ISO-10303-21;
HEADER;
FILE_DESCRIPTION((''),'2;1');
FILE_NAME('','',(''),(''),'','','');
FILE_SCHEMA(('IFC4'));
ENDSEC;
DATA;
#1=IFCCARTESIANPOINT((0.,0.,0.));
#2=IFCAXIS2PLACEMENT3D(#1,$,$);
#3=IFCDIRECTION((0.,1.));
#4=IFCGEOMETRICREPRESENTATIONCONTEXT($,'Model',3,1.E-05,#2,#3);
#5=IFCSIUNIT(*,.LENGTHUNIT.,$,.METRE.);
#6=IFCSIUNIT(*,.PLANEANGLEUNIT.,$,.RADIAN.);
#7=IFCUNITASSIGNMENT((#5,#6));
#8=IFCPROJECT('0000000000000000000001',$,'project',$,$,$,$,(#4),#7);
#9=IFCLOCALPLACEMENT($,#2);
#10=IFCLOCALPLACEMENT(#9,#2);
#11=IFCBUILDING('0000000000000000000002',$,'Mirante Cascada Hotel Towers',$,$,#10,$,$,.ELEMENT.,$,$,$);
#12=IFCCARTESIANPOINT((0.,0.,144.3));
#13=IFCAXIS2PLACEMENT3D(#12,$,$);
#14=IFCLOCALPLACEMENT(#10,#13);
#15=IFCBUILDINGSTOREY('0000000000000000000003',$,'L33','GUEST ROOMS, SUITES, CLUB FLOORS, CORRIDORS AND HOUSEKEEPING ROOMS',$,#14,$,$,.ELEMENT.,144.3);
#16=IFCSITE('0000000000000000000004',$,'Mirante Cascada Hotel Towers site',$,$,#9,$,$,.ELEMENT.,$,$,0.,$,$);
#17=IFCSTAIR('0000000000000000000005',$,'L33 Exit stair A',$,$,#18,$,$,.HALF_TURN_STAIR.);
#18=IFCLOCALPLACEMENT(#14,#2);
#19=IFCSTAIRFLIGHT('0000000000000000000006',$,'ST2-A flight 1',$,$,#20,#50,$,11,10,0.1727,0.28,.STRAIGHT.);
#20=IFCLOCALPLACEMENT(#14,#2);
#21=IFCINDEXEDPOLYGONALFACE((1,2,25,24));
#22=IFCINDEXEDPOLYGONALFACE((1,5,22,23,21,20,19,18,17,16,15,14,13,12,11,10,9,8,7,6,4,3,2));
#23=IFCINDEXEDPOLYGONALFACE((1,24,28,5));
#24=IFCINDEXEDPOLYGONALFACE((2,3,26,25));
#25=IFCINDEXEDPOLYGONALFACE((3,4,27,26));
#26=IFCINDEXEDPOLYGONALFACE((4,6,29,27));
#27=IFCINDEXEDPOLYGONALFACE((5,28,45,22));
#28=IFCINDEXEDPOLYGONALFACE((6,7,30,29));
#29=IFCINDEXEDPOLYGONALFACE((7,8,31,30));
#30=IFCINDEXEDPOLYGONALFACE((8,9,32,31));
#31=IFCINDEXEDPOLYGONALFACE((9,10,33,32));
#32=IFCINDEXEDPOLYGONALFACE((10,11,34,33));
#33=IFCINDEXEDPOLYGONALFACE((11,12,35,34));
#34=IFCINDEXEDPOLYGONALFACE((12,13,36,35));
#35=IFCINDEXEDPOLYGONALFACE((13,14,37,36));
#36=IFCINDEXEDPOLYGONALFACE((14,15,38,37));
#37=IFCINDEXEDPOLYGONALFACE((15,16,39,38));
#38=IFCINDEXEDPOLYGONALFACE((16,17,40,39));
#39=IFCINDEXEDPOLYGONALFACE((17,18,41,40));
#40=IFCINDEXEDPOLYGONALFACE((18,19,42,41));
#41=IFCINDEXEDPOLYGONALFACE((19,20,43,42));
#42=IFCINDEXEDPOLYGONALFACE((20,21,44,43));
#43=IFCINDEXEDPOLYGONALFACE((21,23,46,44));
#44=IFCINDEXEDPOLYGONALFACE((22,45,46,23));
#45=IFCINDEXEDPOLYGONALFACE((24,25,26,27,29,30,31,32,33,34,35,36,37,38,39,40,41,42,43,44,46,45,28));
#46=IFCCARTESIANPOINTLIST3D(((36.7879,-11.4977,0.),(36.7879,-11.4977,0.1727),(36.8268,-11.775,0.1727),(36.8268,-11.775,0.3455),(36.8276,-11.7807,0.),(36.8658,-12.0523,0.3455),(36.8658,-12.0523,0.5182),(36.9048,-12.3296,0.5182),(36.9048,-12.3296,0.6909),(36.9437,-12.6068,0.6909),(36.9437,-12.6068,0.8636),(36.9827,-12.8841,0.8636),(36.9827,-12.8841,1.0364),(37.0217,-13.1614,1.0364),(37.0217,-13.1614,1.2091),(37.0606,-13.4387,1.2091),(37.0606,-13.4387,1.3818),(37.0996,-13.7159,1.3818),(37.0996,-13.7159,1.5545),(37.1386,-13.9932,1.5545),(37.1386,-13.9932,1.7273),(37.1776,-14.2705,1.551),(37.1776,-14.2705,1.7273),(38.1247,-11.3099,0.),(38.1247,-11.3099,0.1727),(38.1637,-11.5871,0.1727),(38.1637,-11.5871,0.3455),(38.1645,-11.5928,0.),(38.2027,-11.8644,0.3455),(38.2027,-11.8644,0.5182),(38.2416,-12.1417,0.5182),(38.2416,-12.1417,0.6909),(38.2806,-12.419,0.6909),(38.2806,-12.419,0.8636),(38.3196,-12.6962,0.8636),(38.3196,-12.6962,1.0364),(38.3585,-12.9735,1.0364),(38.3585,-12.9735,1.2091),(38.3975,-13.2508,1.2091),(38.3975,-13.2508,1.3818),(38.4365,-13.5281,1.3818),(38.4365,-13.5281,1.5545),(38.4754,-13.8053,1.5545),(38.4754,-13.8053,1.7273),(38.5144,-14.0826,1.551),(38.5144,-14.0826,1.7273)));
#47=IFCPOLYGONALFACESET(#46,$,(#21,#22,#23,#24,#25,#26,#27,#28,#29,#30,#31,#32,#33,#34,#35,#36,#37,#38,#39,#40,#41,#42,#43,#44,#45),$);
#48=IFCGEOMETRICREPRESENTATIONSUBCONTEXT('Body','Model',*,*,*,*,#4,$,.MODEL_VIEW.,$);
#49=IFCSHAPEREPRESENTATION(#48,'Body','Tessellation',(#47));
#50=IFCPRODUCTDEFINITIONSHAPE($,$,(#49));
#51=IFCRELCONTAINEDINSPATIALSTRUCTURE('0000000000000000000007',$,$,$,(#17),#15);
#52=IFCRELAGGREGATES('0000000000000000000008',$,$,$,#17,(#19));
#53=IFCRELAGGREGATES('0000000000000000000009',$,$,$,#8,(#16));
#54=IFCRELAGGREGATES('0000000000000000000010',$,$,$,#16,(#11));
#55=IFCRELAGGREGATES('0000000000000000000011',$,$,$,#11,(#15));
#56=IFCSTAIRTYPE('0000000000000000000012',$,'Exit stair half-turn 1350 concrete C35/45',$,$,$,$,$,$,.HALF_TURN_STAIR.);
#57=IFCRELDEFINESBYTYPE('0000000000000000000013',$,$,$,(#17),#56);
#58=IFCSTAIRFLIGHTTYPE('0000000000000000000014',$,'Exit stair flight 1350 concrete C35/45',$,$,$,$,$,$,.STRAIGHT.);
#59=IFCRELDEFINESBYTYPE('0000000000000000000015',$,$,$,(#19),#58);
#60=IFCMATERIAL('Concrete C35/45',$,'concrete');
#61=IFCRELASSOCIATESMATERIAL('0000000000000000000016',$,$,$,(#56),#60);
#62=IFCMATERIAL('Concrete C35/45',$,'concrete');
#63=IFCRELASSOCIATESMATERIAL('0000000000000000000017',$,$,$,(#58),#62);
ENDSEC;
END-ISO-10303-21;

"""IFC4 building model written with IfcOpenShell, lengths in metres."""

from ifc_helpers import new_model, si_unit, direction, frame, origin, place, context, subcontext, project, spatial, polyline, outline, extrude, material, type_object, element, aggregate, save


model = new_model("IFC4")

# Units and contexts
model_context = context("Model", 3, precision=1e-05, world=origin(), true_north=direction((0.0, 1.0)))
body_context = subcontext(model_context, "Body", "Model", "MODEL_VIEW")
ifc_project = project(units=[si_unit("LENGTHUNIT", "METRE"), si_unit("PLANEANGLEUNIT", "RADIAN")], contexts=[model_context])

# Site, building, storey
site_placement = place(None, origin())
site = spatial("IfcSite", under=ifc_project, at=site_placement, Name="Mirante Cascada Hotel Towers site", CompositionType="ELEMENT", RefElevation=0.0)
building_placement = place(site_placement, origin())
building = spatial("IfcBuilding", under=site, at=building_placement, Name="Mirante Cascada Hotel Towers", CompositionType="ELEMENT")
storey_placement = place(building_placement, frame((0.0, 0.0, 144.3)))
storey = spatial("IfcBuildingStorey", under=building, at=storey_placement, Name="L33", Description="GUEST ROOMS, SUITES, CLUB FLOORS, CORRIDORS AND HOUSEKEEPING ROOMS", CompositionType="ELEMENT", Elevation=144.3)

# Stair, stair flight
ifc_material_1 = material(Name="Concrete C35/45", Category="concrete")
stair_type = type_object("IfcStairType", Name="Exit stair half-turn 1350 concrete C35/45", PredefinedType="HALF_TURN_STAIR", material=ifc_material_1)
stair_placement = place(storey_placement, origin())
stair = element("IfcStair", 1, at=stair_placement, inside=storey, type_object=stair_type, Name="L33 Exit stair A", PredefinedType="HALF_TURN_STAIR")
ifc_material_2 = material(Name="Concrete C35/45", Category="concrete")
stair_flight_type = type_object("IfcStairFlightType", Name="Exit stair flight 1350 concrete C35/45", PredefinedType="STRAIGHT", material=ifc_material_2)
stair_flight_placement = place(storey_placement, frame((37.4563, -11.4038, 0.0), z_axis=(0.0, 0.0, 1.0), x_axis=(0.139173, -0.990268, 0.0)))
stair_flight = element("IfcStairFlight", 2, at=stair_flight_placement, type_object=stair_flight_type, Name="ST2-A flight 1", NumberOfRisers=11, NumberOfTreads=10, PredefinedType="STRAIGHT", RiserHeight=0.1727, TreadLength=0.28, context=body_context, shape_type="SweptSolid", body=[
    extrude(outline(polyline([(0.0, 0.0), (0.0, 0.1727), (0.28, 0.1727), (0.28, 0.3455), (0.56, 0.3455), (0.56, 0.5182), (0.84, 0.5182), (0.84, 0.6909), (1.12, 0.6909), (1.12, 0.8636), (1.4, 0.8636), (1.4, 1.0364), (1.68, 1.0364), (1.68, 1.2091), (1.96, 1.2091), (1.96, 1.3818), (2.24, 1.3818), (2.24, 1.5545), (2.52, 1.5545), (2.52, 1.7273), (2.8, 1.7273), (2.8, 1.9), (2.8, 1.551), (0.2857, 0.0), (0.0, 0.0)])), frame((0.0, 0.675, 0.0), z_axis=(0.0, -1.0, 0.0), x_axis=(1.0, 0.0, 0.0)), (0.0, 0.0, 1.0), 1.35),
])
aggregate(stair, [stair_flight])

save(model, "model.ifc")
